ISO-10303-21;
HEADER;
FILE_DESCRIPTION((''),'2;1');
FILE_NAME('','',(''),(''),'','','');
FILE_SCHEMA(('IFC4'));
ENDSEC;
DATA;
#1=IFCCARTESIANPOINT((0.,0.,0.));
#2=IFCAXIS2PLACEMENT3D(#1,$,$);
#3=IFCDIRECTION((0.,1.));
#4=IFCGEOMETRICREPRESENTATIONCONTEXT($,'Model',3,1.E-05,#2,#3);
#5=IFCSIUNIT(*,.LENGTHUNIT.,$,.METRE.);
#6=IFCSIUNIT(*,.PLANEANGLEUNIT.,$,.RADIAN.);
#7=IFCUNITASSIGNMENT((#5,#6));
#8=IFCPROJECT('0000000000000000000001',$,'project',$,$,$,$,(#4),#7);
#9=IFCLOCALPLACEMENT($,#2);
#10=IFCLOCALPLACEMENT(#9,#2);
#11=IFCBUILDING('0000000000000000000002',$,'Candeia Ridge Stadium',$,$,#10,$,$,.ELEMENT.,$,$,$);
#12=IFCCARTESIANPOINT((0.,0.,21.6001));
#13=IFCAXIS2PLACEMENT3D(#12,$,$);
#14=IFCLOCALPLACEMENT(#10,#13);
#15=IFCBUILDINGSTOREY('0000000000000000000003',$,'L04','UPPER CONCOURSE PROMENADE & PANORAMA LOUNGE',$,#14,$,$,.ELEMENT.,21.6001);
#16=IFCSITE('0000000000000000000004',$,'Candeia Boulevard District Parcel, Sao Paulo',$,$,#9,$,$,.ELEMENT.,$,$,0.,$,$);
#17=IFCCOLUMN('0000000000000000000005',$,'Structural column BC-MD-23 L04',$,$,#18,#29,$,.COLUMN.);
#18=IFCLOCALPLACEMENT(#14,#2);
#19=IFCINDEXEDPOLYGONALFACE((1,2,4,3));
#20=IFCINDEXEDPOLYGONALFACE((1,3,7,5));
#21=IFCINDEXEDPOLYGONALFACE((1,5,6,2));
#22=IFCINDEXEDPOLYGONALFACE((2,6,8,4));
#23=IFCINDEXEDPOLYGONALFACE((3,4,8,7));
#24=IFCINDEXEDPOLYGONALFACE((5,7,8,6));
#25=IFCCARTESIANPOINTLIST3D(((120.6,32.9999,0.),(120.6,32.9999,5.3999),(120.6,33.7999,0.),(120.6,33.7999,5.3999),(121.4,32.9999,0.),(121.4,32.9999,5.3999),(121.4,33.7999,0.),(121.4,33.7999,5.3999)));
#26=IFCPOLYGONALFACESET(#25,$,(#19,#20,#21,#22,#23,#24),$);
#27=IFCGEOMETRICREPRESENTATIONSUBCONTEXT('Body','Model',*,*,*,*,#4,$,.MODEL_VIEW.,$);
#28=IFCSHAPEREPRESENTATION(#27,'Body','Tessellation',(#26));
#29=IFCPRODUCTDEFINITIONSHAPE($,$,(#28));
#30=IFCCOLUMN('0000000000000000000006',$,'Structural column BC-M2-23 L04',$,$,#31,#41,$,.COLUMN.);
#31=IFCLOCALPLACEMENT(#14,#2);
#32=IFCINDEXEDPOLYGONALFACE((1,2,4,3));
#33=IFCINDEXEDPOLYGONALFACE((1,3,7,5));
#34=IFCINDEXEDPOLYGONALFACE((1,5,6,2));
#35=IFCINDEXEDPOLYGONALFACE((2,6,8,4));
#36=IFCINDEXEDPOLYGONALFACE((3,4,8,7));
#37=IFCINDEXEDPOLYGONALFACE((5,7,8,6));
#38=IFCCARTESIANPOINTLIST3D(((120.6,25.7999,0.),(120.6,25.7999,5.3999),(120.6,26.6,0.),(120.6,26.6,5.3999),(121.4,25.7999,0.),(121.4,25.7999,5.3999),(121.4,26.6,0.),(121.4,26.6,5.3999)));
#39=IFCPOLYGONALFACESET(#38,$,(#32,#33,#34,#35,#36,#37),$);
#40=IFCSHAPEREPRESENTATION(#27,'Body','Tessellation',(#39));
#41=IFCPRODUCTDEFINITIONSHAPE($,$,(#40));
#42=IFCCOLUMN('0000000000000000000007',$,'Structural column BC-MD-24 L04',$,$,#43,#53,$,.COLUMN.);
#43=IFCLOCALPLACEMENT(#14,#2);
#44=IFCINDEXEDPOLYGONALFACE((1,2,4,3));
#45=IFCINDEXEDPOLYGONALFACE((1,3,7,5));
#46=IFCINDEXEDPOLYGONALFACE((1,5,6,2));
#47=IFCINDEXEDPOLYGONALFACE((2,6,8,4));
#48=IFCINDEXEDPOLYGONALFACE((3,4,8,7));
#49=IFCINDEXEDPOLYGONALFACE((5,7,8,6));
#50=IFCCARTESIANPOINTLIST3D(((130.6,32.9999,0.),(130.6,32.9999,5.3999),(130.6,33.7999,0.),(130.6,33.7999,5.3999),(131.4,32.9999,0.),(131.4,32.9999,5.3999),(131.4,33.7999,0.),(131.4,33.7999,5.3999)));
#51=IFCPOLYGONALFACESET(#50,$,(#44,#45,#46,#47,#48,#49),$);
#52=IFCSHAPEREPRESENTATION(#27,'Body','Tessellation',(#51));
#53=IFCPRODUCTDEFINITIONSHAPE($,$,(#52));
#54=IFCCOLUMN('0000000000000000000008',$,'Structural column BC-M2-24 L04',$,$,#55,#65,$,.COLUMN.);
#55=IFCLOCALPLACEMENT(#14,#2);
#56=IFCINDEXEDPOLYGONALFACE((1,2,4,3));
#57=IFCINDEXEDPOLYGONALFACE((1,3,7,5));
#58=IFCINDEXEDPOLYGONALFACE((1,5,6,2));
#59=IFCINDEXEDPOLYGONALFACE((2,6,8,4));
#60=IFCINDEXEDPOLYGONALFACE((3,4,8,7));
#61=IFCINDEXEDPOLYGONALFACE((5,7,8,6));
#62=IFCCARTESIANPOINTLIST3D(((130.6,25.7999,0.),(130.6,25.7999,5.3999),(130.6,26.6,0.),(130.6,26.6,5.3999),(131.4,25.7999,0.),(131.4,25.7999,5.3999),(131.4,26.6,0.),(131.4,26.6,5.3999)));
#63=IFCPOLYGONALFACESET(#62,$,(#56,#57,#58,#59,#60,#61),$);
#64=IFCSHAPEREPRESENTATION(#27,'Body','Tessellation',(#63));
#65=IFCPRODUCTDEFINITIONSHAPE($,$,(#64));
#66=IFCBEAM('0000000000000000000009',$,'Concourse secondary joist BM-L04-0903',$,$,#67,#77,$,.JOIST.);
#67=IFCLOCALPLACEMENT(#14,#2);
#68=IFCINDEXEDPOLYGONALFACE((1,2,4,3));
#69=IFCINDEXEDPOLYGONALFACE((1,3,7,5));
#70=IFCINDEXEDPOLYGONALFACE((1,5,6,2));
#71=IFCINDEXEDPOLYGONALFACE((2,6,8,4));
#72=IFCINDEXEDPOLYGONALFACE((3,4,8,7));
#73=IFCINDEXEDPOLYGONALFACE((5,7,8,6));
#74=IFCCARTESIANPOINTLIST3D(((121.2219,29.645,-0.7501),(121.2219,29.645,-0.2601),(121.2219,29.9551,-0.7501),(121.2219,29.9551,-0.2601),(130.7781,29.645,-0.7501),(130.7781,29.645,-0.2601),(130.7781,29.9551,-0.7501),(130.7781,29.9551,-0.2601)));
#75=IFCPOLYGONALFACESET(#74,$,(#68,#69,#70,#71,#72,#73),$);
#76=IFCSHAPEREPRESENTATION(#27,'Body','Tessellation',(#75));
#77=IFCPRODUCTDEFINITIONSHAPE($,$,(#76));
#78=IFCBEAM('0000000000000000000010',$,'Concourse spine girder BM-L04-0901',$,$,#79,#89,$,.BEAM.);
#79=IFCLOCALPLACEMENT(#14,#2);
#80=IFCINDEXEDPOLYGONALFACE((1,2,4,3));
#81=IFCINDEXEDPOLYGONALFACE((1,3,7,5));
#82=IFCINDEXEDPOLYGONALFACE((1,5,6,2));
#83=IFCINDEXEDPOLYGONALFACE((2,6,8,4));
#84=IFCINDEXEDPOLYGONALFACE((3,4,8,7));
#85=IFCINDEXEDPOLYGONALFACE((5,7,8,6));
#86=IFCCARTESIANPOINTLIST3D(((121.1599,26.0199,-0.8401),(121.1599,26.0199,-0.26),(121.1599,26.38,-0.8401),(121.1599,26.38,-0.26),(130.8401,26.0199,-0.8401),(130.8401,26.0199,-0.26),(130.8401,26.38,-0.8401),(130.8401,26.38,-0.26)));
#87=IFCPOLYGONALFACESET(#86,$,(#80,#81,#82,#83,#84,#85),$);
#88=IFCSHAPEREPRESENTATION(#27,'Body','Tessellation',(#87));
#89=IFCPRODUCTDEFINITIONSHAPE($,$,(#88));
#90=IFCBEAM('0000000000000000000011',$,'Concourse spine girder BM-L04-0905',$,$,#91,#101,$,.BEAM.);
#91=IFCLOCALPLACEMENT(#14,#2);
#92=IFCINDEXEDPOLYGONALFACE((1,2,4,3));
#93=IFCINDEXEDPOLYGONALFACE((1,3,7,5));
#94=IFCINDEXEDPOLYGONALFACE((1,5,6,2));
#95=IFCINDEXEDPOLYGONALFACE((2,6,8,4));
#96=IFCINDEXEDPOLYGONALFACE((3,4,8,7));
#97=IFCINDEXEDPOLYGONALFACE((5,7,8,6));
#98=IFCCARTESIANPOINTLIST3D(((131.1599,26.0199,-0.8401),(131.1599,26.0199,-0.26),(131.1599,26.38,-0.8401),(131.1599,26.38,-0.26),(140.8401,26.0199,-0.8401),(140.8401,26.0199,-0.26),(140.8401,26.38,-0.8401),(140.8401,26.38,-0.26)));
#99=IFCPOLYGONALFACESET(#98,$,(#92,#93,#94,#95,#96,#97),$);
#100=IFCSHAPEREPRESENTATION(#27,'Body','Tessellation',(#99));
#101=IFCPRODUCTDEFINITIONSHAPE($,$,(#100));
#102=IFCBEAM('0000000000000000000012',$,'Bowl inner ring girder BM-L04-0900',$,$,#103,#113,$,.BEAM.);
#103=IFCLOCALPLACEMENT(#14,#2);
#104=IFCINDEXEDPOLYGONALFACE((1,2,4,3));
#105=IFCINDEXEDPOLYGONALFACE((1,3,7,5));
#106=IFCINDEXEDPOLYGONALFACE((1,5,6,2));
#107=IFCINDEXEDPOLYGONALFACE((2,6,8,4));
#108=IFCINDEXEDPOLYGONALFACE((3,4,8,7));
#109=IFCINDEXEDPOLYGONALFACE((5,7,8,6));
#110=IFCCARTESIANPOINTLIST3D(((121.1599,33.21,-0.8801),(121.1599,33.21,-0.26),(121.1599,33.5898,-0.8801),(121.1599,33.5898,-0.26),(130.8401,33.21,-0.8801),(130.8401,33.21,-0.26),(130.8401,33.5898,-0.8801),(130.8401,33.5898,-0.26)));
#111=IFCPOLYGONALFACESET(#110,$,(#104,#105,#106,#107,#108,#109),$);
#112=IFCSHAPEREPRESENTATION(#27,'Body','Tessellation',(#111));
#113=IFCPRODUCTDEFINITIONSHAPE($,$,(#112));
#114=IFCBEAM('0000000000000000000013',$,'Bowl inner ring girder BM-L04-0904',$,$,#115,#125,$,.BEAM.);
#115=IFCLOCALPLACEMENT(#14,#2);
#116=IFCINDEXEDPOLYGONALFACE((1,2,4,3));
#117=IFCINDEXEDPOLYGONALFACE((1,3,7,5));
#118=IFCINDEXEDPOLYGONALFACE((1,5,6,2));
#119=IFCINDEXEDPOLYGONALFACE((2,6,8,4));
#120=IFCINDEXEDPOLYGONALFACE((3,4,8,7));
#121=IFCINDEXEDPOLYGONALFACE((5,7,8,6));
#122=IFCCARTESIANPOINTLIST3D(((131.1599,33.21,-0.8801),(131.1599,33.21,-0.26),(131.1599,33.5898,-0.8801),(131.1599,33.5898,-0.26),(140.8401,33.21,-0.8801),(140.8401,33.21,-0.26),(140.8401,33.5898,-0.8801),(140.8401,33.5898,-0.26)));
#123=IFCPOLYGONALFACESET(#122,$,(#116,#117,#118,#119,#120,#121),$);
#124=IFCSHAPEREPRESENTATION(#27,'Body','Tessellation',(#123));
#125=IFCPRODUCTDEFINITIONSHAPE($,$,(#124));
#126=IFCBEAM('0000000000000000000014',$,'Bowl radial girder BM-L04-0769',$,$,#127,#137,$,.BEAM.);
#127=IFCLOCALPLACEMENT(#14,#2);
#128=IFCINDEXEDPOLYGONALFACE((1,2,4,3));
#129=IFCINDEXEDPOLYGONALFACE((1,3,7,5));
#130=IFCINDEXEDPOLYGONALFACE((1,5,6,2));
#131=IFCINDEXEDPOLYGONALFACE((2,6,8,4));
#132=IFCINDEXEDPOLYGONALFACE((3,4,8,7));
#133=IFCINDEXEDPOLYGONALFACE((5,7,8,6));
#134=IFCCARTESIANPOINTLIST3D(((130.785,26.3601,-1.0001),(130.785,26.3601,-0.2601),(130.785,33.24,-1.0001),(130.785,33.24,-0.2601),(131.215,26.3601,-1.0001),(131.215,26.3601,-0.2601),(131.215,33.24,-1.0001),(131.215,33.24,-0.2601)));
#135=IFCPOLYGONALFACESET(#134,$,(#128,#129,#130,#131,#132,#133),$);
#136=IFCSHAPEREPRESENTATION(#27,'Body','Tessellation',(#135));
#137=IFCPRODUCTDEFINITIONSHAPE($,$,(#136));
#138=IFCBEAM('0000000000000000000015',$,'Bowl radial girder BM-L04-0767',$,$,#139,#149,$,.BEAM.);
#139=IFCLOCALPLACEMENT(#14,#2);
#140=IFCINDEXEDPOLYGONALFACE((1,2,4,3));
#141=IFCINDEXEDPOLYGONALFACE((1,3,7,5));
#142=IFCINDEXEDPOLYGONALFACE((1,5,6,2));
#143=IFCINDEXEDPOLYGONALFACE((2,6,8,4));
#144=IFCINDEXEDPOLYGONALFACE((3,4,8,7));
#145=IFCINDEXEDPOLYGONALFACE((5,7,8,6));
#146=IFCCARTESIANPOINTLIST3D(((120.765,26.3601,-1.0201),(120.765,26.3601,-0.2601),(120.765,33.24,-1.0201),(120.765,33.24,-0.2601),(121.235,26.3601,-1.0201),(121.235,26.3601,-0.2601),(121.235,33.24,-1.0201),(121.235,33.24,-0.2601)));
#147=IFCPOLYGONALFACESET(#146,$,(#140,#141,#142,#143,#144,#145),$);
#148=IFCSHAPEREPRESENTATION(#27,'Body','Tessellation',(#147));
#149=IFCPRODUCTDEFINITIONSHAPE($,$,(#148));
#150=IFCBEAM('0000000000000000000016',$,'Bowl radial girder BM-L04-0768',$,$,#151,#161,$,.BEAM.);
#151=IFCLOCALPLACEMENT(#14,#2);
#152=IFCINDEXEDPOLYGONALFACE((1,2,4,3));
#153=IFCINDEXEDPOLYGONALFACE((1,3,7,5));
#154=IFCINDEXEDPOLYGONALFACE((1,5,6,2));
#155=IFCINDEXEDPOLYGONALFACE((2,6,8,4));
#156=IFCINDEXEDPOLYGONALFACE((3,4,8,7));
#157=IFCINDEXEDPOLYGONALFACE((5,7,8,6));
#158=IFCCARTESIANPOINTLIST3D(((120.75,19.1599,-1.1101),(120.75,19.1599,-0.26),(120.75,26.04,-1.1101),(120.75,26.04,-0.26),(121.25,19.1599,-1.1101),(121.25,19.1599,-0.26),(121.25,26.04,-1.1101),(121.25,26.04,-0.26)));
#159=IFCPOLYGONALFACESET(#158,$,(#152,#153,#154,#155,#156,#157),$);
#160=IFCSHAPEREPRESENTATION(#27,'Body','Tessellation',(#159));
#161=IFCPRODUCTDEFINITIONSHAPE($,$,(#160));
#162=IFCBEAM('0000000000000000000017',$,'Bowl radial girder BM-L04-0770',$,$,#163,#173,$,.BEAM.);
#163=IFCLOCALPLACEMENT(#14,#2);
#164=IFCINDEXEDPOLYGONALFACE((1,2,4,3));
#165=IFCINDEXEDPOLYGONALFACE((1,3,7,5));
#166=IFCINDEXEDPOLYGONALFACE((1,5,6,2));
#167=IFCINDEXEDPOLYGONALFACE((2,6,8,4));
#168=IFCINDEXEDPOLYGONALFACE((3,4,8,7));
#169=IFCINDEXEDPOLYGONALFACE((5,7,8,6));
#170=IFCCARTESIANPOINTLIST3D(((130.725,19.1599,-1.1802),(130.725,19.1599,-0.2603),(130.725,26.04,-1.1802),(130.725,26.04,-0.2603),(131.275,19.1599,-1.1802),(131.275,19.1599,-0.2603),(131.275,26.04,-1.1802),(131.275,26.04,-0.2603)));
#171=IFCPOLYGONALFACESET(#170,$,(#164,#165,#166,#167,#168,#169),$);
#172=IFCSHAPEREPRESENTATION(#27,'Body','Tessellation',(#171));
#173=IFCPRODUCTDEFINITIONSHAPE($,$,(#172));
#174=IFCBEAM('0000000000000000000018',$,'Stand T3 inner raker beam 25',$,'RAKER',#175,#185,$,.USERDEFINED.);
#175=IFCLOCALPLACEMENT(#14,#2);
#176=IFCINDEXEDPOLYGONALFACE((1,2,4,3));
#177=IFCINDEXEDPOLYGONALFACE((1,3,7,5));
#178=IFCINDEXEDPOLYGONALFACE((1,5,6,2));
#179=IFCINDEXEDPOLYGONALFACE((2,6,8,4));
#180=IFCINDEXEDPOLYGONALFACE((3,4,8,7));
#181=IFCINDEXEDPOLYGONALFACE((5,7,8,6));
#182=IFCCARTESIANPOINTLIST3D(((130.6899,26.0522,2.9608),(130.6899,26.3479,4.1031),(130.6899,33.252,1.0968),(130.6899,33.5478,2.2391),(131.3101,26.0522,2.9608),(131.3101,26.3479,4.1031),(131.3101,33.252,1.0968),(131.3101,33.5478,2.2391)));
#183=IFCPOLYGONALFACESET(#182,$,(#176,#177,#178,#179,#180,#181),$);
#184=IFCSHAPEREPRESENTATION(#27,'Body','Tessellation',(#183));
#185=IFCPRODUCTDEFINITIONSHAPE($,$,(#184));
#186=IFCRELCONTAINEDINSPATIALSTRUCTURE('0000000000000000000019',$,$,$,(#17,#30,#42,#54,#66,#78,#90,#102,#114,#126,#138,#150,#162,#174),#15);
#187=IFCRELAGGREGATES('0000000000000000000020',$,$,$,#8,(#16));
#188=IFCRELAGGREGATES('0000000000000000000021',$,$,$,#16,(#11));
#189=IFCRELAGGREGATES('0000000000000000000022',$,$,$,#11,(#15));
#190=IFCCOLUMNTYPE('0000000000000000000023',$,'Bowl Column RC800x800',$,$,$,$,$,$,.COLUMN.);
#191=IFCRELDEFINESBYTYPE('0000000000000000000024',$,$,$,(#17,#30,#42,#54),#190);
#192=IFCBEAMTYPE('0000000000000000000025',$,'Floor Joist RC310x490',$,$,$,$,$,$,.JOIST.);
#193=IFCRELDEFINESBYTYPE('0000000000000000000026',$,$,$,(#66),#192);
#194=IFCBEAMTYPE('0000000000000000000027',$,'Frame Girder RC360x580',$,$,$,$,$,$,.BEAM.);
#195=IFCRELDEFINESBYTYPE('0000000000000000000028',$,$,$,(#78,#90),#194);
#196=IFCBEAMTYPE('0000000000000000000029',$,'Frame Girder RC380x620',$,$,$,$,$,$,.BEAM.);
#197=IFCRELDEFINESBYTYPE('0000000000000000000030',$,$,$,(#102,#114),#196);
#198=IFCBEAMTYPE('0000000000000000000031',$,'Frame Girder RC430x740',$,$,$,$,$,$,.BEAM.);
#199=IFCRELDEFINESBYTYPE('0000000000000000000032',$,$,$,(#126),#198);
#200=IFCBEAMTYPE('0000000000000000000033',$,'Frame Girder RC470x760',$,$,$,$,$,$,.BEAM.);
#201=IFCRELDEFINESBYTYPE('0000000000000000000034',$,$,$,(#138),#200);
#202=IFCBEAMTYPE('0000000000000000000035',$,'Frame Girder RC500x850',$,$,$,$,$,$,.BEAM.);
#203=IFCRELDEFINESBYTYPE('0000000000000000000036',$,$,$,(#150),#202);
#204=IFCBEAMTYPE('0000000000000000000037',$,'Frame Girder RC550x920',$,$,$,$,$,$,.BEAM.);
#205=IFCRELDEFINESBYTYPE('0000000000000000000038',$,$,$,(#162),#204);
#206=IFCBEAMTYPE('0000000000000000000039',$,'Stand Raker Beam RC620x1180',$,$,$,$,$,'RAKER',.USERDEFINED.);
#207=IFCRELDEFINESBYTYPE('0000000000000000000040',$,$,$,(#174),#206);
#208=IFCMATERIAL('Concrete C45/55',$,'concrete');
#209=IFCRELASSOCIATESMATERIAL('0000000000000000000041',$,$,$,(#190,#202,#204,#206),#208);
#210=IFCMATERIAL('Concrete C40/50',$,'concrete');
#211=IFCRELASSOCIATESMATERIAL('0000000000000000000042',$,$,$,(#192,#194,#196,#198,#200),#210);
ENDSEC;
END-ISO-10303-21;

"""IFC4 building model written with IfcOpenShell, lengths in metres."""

from ifc_helpers import new_model, si_unit, direction, frame, origin, origin_2d, place, context, subcontext, project, spatial, rectangle, extrude, material, material_profile, profile_set, type_object, element, save


model = new_model("IFC4")

# Units and contexts
model_context = context("Model", 3, precision=1e-05, world=origin(), true_north=direction((0.0, 1.0)))
body_context = subcontext(model_context, "Body", "Model", "MODEL_VIEW")
ifc_project = project(units=[si_unit("LENGTHUNIT", "METRE"), si_unit("PLANEANGLEUNIT", "RADIAN")], contexts=[model_context])

# Site, building, storey
site_placement = place(None, origin())
site = spatial("IfcSite", under=ifc_project, at=site_placement, Name="Candeia Boulevard District Parcel, Sao Paulo", CompositionType="ELEMENT", RefElevation=0.0)
building_placement = place(site_placement, origin())
building = spatial("IfcBuilding", under=site, at=building_placement, Name="Candeia Ridge Stadium", CompositionType="ELEMENT")
storey_placement = place(building_placement, frame((0.0, 0.0, 21.6001)))
storey = spatial("IfcBuildingStorey", under=building, at=storey_placement, Name="L04", Description="UPPER CONCOURSE PROMENADE & PANORAMA LOUNGE", CompositionType="ELEMENT", Elevation=21.6001)

# Columns
ifc_material_1 = material(Name="Concrete C45/55", Category="concrete")
ifc_material_profile_1 = material_profile(ifc_material_1, rectangle(XDim=0.8, YDim=0.8, at=origin_2d()), Name="RC800x800", Category="concrete")
ifc_profile_set_1 = profile_set([ifc_material_profile_1], Name="Concrete C45/55")
column_type = type_object("IfcColumnType", Name="Bowl Column RC800x800", PredefinedType="COLUMN", material=ifc_profile_set_1)
for number, where, z_axis, x_axis, name in (
    (1, (121.0, 33.3999, 0.0), (0.0, 0.0, 1.0), (1.0, 0.0, 0.0), "Structural column BC-MD-23 L04"),
    (2, (121.0, 26.2, 0.0), (0.0, 0.0, 1.0), (1.0, 0.0, 0.0), "Structural column BC-M2-23 L04"),
    (3, (131.0, 33.3999, 0.0), (0.0, 0.0, 1.0), (1.0, 0.0, 0.0), "Structural column BC-MD-24 L04"),
    (4, (131.0, 26.2, 0.0), (0.0, 0.0, 1.0), (1.0, 0.0, 0.0), "Structural column BC-M2-24 L04"),
):
    element("IfcColumn", number, at=place(storey_placement, frame(where, z_axis=z_axis, x_axis=x_axis)), inside=storey, type_object=column_type, Name=name, PredefinedType="COLUMN", context=body_context, shape_type="SweptSolid", body=[
        extrude(rectangle(XDim=0.8, YDim=0.8, at=origin_2d()), origin(), (0.0, 0.0, 1.0), 5.3999),
    ])

# Beams
ifc_material_2 = material(Name="Concrete C40/50", Category="concrete")
ifc_material_profile_2 = material_profile(ifc_material_2, rectangle(XDim=0.3101, YDim=0.49, at=origin_2d()), Name="RC310x490", Category="concrete")
ifc_profile_set_2 = profile_set([ifc_material_profile_2], Name="Concrete C40/50")
beam_type_1 = type_object("IfcBeamType", Name="Floor Joist RC310x490", PredefinedType="JOIST", material=ifc_profile_set_2)
beam_1_placement = place(storey_placement, frame((121.2219, 29.8, -0.5051), z_axis=(1.0, 0.0, 0.0), x_axis=(0.0, 1.0, 0.0)))
element("IfcBeam", 5, at=beam_1_placement, inside=storey, type_object=beam_type_1, Name="Concourse secondary joist BM-L04-0903", PredefinedType="JOIST", context=body_context, shape_type="SweptSolid", body=[
    extrude(rectangle(XDim=0.3101, YDim=0.49, at=origin_2d()), origin(), (0.0, 0.0, 1.0), 9.5562),
])
ifc_material_profile_3 = material_profile(ifc_material_2, rectangle(XDim=0.3601, YDim=0.5801, at=origin_2d()), Name="RC360x580", Category="concrete")
ifc_profile_set_3 = profile_set([ifc_material_profile_3], Name="Concrete C40/50")
beam_type_2 = type_object("IfcBeamType", Name="Frame Girder RC360x580", PredefinedType="BEAM", material=ifc_profile_set_3)
for number, where, z_axis, x_axis, name in (
    (6, (121.1599, 26.2, -0.55), (1.0, 0.0, 0.0), (0.0, 1.0, 0.0), "Concourse spine girder BM-L04-0901"),
    (7, (131.1599, 26.2, -0.55), (1.0, 0.0, 0.0), (0.0, 1.0, 0.0), "Concourse spine girder BM-L04-0905"),
):
    element("IfcBeam", number, at=place(storey_placement, frame(where, z_axis=z_axis, x_axis=x_axis)), inside=storey, type_object=beam_type_2, Name=name, PredefinedType="BEAM", context=body_context, shape_type="SweptSolid", body=[
        extrude(rectangle(XDim=0.3601, YDim=0.5801, at=origin_2d()), origin(), (0.0, 0.0, 1.0), 9.6802),
    ])
ifc_material_profile_4 = material_profile(ifc_material_2, rectangle(XDim=0.3799, YDim=0.6201, at=origin_2d()), Name="RC380x620", Category="concrete")
ifc_profile_set_4 = profile_set([ifc_material_profile_4], Name="Concrete C40/50")
beam_type_3 = type_object("IfcBeamType", Name="Frame Girder RC380x620", PredefinedType="BEAM", material=ifc_profile_set_4)
for number, where, z_axis, x_axis, name in (
    (8, (121.1599, 33.3999, -0.5701), (1.0, 0.0, 0.0), (0.0, 1.0, 0.0), "Bowl inner ring girder BM-L04-0900"),
    (9, (131.1599, 33.3999, -0.5701), (1.0, 0.0, 0.0), (0.0, 1.0, 0.0), "Bowl inner ring girder BM-L04-0904"),
):
    element("IfcBeam", number, at=place(storey_placement, frame(where, z_axis=z_axis, x_axis=x_axis)), inside=storey, type_object=beam_type_3, Name=name, PredefinedType="BEAM", context=body_context, shape_type="SweptSolid", body=[
        extrude(rectangle(XDim=0.3799, YDim=0.6201, at=origin_2d()), origin(), (0.0, 0.0, 1.0), 9.6802),
    ])
ifc_material_profile_5 = material_profile(ifc_material_2, rectangle(XDim=0.4299, YDim=0.74, at=origin_2d()), Name="RC430x740", Category="concrete")
ifc_profile_set_5 = profile_set([ifc_material_profile_5], Name="Concrete C40/50")
beam_type_4 = type_object("IfcBeamType", Name="Frame Girder RC430x740", PredefinedType="BEAM", material=ifc_profile_set_5)
beam_2_placement = place(storey_placement, frame((131.0, 33.24, -0.6301), z_axis=(0.0, -1.0, 0.0), x_axis=(1.0, 0.0, 0.0)))
element("IfcBeam", 10, at=beam_2_placement, inside=storey, type_object=beam_type_4, Name="Bowl radial girder BM-L04-0769", PredefinedType="BEAM", context=body_context, shape_type="SweptSolid", body=[
    extrude(rectangle(XDim=0.4299, YDim=0.74, at=origin_2d()), origin(), (0.0, 0.0, 1.0), 6.8799),
])
ifc_material_profile_6 = material_profile(ifc_material_2, rectangle(XDim=0.47, YDim=0.76, at=origin_2d()), Name="RC470x760", Category="concrete")
ifc_profile_set_6 = profile_set([ifc_material_profile_6], Name="Concrete C40/50")
beam_type_5 = type_object("IfcBeamType", Name="Frame Girder RC470x760", PredefinedType="BEAM", material=ifc_profile_set_6)
beam_3_placement = place(storey_placement, frame((121.0, 33.24, -0.6401), z_axis=(0.0, -1.0, 0.0), x_axis=(1.0, 0.0, 0.0)))
element("IfcBeam", 11, at=beam_3_placement, inside=storey, type_object=beam_type_5, Name="Bowl radial girder BM-L04-0767", PredefinedType="BEAM", context=body_context, shape_type="SweptSolid", body=[
    extrude(rectangle(XDim=0.47, YDim=0.76, at=origin_2d()), origin(), (0.0, 0.0, 1.0), 6.8799),
])
ifc_material_profile_7 = material_profile(ifc_material_1, rectangle(XDim=0.5, YDim=0.8501, at=origin_2d()), Name="RC500x850", Category="concrete")
ifc_profile_set_7 = profile_set([ifc_material_profile_7], Name="Concrete C45/55")
beam_type_6 = type_object("IfcBeamType", Name="Frame Girder RC500x850", PredefinedType="BEAM", material=ifc_profile_set_7)
beam_4_placement = place(storey_placement, frame((121.0, 26.04, -0.6851), z_axis=(0.0, -1.0, 0.0), x_axis=(1.0, 0.0, 0.0)))
element("IfcBeam", 12, at=beam_4_placement, inside=storey, type_object=beam_type_6, Name="Bowl radial girder BM-L04-0768", PredefinedType="BEAM", context=body_context, shape_type="SweptSolid", body=[
    extrude(rectangle(XDim=0.5, YDim=0.8501, at=origin_2d()), origin(), (0.0, 0.0, 1.0), 6.8801),
])
ifc_material_profile_8 = material_profile(ifc_material_1, rectangle(XDim=0.55, YDim=0.9199, at=origin_2d()), Name="RC550x920", Category="concrete")
ifc_profile_set_8 = profile_set([ifc_material_profile_8], Name="Concrete C45/55")
beam_type_7 = type_object("IfcBeamType", Name="Frame Girder RC550x920", PredefinedType="BEAM", material=ifc_profile_set_8)
beam_5_placement = place(storey_placement, frame((131.0, 26.04, -0.7202), z_axis=(0.0, -1.0, 0.0), x_axis=(1.0, 0.0, 0.0)))
element("IfcBeam", 13, at=beam_5_placement, inside=storey, type_object=beam_type_7, Name="Bowl radial girder BM-L04-0770", PredefinedType="BEAM", context=body_context, shape_type="SweptSolid", body=[
    extrude(rectangle(XDim=0.55, YDim=0.9199, at=origin_2d()), origin(), (0.0, 0.0, 1.0), 6.8801),
])
ifc_material_profile_9 = material_profile(ifc_material_1, rectangle(XDim=0.6201, YDim=1.1799, at=origin_2d()), Name="RC620x1180", Category="concrete")
ifc_profile_set_9 = profile_set([ifc_material_profile_9], Name="Concrete C45/55")
beam_type_8 = type_object("IfcBeamType", Name="Stand Raker Beam RC620x1180", ElementType="RAKER", PredefinedType="USERDEFINED", material=ifc_profile_set_9)
beam_6_placement = place(storey_placement, frame((131.0, 33.3999, 1.668), z_axis=(0.0, -0.968083, 0.250629), x_axis=(1.0, 0.0, 0.0)))
element("IfcBeam", 14, at=beam_6_placement, inside=storey, type_object=beam_type_8, Name="Stand T3 inner raker beam 25", ObjectType="RAKER", PredefinedType="USERDEFINED", context=body_context, shape_type="SweptSolid", body=[
    extrude(rectangle(XDim=0.6201, YDim=1.1799, at=origin_2d()), origin(), (0.0, 0.0, 1.0), 7.4373),
])

save(model, "model.ifc")
